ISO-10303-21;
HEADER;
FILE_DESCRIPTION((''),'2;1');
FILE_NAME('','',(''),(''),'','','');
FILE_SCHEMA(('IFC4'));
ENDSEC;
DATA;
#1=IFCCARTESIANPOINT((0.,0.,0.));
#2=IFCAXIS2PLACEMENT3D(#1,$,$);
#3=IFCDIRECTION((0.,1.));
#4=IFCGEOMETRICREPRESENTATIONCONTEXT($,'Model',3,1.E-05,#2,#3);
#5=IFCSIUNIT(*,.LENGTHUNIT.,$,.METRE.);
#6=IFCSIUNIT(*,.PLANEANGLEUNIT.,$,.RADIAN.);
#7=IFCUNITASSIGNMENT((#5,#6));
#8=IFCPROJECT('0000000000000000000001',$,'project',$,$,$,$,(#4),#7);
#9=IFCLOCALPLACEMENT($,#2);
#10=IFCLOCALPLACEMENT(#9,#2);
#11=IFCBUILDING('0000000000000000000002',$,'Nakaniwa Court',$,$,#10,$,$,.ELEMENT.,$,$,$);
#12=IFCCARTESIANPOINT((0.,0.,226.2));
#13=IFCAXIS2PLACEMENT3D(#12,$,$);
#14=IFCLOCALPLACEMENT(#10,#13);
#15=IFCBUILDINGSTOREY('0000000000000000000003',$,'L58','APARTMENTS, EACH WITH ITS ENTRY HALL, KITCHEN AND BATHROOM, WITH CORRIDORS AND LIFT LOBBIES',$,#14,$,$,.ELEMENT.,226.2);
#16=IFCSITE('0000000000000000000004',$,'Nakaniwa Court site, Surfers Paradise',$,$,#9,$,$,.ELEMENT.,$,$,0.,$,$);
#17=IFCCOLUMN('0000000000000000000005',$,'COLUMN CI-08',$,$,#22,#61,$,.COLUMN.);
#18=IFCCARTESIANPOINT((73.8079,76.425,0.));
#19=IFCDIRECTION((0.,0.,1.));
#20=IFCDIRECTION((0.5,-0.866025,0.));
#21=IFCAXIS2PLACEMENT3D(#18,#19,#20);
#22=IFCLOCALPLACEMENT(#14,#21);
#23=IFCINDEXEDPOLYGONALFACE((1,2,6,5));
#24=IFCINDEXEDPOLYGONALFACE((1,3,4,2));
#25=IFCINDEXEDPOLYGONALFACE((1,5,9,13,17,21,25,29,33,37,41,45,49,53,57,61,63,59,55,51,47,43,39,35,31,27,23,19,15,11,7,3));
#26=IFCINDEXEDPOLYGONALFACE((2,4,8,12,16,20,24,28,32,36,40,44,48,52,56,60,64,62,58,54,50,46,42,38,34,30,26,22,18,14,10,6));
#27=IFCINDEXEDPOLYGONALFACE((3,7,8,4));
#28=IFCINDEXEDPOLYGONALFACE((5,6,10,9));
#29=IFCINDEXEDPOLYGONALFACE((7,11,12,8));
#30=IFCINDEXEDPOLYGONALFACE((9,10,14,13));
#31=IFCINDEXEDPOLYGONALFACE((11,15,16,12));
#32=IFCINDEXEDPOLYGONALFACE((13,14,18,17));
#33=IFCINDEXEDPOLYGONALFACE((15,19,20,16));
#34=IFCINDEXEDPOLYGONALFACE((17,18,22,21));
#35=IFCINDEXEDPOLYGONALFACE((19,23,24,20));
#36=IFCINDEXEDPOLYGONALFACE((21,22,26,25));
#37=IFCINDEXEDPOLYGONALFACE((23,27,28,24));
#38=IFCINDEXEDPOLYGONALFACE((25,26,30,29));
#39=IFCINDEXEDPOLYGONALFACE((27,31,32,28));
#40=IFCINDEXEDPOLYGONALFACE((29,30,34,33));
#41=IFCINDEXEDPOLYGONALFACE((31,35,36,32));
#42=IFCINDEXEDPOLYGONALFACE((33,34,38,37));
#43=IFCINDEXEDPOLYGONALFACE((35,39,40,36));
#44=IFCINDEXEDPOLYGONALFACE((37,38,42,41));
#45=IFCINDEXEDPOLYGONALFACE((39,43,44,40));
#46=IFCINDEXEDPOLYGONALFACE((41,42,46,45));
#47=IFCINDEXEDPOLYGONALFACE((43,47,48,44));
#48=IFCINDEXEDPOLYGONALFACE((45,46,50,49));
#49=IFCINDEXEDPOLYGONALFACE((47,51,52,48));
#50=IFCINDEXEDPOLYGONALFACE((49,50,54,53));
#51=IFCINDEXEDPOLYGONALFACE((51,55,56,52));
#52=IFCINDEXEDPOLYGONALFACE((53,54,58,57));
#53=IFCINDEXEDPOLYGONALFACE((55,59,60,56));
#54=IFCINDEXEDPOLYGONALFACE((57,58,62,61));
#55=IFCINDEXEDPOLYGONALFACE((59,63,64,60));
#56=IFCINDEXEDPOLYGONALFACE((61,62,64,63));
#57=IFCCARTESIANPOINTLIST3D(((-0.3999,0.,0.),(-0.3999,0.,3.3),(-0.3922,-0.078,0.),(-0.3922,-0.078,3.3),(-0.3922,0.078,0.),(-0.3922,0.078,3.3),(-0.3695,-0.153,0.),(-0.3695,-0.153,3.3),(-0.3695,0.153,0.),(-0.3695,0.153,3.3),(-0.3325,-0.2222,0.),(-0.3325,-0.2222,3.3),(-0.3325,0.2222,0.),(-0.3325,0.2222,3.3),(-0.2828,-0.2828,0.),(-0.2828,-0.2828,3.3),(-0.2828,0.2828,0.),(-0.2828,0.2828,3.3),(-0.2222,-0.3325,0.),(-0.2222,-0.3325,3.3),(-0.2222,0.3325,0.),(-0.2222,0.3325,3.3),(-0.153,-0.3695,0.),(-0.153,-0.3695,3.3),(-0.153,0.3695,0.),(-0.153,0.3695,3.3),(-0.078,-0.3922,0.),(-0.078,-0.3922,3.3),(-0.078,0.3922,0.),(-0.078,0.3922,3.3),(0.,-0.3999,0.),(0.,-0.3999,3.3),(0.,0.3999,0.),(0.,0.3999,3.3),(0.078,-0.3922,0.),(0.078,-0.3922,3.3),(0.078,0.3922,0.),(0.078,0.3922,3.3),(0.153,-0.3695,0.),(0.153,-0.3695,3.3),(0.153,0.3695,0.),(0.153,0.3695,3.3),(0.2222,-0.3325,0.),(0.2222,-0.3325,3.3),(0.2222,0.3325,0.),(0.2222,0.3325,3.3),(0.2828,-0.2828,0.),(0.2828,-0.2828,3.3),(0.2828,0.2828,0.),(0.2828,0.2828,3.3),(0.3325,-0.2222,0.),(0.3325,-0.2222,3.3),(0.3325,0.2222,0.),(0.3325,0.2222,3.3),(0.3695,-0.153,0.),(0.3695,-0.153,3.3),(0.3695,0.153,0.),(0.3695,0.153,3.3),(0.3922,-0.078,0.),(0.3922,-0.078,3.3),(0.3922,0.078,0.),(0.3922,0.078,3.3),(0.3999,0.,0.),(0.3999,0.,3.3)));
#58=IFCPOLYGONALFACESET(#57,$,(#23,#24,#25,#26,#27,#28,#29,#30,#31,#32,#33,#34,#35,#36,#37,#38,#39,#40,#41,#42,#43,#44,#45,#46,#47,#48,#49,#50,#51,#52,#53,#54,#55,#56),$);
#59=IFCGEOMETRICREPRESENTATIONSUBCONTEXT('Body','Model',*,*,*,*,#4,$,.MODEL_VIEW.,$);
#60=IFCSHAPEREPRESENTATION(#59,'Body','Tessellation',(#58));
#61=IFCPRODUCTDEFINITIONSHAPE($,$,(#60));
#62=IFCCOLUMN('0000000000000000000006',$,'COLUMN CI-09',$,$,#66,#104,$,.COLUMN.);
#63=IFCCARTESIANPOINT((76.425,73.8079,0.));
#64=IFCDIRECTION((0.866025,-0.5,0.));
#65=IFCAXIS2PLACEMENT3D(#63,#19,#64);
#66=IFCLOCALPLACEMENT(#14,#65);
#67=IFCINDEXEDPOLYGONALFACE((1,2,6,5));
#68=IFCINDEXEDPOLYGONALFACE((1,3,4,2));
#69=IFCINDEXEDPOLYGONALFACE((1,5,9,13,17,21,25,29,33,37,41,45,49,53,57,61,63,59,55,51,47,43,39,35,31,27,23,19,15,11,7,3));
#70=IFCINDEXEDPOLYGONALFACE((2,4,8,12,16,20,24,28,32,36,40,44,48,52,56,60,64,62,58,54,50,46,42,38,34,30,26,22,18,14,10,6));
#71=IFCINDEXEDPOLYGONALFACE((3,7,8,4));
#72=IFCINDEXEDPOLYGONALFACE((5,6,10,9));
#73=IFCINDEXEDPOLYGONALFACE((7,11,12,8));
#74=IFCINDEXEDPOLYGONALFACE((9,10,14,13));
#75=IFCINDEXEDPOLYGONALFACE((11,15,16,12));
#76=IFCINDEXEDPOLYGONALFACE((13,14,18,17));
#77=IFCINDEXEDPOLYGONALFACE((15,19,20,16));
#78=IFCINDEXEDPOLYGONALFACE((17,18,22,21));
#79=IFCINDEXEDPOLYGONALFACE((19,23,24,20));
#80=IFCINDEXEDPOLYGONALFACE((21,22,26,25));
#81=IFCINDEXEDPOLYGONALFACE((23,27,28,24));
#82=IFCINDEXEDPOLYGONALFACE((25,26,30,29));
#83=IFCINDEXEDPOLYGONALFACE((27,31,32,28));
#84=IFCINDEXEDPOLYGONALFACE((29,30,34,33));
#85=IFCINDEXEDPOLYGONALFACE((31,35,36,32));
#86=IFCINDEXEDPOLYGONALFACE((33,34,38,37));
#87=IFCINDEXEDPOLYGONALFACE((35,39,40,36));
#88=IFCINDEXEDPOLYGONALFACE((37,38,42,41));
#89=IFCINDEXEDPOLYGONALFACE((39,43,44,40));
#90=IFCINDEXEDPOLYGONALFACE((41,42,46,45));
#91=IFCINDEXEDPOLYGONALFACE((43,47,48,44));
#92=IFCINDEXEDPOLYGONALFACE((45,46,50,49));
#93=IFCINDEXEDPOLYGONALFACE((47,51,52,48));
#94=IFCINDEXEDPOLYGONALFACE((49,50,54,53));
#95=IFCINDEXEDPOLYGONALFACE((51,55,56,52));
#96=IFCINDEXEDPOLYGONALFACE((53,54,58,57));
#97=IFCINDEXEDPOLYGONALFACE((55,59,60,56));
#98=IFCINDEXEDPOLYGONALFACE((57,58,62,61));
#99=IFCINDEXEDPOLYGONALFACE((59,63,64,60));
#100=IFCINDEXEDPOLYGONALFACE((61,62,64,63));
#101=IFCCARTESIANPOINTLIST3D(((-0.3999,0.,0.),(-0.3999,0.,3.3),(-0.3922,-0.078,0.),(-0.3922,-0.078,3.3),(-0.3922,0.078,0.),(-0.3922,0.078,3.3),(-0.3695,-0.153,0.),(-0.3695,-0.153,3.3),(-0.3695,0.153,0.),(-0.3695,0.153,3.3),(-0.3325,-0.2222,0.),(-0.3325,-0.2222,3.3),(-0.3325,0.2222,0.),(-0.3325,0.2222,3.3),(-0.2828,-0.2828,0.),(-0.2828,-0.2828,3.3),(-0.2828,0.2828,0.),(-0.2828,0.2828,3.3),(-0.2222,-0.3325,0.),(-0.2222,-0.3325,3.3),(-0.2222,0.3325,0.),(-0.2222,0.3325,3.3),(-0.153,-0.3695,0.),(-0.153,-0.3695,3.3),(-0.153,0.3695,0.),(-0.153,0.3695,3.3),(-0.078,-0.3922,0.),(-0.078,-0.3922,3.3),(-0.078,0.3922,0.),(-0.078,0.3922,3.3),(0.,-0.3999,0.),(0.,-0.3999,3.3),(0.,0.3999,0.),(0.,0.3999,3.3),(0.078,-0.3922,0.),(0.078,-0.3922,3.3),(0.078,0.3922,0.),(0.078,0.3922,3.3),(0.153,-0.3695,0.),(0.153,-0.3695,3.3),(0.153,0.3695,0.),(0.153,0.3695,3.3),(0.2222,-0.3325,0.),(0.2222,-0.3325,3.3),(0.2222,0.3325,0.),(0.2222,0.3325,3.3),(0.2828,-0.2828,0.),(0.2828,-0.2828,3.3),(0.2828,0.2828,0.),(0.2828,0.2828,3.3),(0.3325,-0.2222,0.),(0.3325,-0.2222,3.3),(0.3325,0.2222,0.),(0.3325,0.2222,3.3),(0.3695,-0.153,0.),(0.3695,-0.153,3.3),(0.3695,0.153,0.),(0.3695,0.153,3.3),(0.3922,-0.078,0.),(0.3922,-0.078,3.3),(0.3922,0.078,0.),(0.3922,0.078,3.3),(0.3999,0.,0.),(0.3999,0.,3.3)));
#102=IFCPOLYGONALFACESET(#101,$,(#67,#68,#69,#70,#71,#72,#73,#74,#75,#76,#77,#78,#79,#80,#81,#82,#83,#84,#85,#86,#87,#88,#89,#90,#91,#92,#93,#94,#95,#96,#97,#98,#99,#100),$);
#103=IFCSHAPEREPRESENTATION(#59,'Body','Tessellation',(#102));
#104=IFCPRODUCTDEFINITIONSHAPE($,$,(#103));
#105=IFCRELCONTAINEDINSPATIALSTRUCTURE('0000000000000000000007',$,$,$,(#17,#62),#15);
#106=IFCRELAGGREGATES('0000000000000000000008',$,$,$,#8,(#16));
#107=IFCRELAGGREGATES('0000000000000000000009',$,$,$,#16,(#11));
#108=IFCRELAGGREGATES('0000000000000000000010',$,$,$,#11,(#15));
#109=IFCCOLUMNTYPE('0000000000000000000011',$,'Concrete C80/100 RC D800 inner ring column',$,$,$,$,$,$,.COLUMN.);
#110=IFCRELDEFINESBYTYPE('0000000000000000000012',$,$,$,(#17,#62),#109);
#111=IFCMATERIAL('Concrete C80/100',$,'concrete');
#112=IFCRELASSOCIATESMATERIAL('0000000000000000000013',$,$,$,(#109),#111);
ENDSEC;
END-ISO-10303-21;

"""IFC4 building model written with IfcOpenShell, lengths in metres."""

from ifc_helpers import new_model, si_unit, direction, frame, origin, origin_2d, place, context, subcontext, project, spatial, circle, extrude, material, material_profile, profile_set, type_object, element, save


model = new_model("IFC4")

# Units and contexts
model_context = context("Model", 3, precision=1e-05, world=origin(), true_north=direction((0.0, 1.0)))
body_context = subcontext(model_context, "Body", "Model", "MODEL_VIEW")
ifc_project = project(units=[si_unit("LENGTHUNIT", "METRE"), si_unit("PLANEANGLEUNIT", "RADIAN")], contexts=[model_context])

# Site, building, storey
site_placement = place(None, origin())
site = spatial("IfcSite", under=ifc_project, at=site_placement, Name="Nakaniwa Court site, Surfers Paradise", CompositionType="ELEMENT", RefElevation=0.0)
building_placement = place(site_placement, origin())
building = spatial("IfcBuilding", under=site, at=building_placement, Name="Nakaniwa Court", CompositionType="ELEMENT")
storey_placement = place(building_placement, frame((0.0, 0.0, 226.2)))
storey = spatial("IfcBuildingStorey", under=building, at=storey_placement, Name="L58", Description="APARTMENTS, EACH WITH ITS ENTRY HALL, KITCHEN AND BATHROOM, WITH CORRIDORS AND LIFT LOBBIES", CompositionType="ELEMENT", Elevation=226.2)

# Columns
ifc_material_1 = material(Name="Concrete C80/100", Category="concrete")
ifc_material_profile_1 = material_profile(ifc_material_1, circle(Radius=0.3999, at=origin_2d()), Name="Concrete C80/100 RC D800 inner ring column")
ifc_profile_set_1 = profile_set([ifc_material_profile_1], Name="Concrete C80/100")
column_type = type_object("IfcColumnType", Name="Concrete C80/100 RC D800 inner ring column", PredefinedType="COLUMN", material=ifc_profile_set_1)
for number, where, z_axis, x_axis, name in (
    (1, (73.8079, 76.425, 0.0), (0.0, 0.0, 1.0), (0.5, -0.866025, 0.0), "COLUMN CI-08"),
    (2, (76.425, 73.8079, 0.0), (0.0, 0.0, 1.0), (0.866025, -0.5, 0.0), "COLUMN CI-09"),
):
    element("IfcColumn", number, at=place(storey_placement, frame(where, z_axis=z_axis, x_axis=x_axis)), inside=storey, type_object=column_type, Name=name, PredefinedType="COLUMN", context=body_context, shape_type="SweptSolid", body=[
        extrude(circle(Radius=0.3999, at=origin_2d()), origin(), (0.0, 0.0, 1.0), 3.3),
    ])

save(model, "model.ifc")
